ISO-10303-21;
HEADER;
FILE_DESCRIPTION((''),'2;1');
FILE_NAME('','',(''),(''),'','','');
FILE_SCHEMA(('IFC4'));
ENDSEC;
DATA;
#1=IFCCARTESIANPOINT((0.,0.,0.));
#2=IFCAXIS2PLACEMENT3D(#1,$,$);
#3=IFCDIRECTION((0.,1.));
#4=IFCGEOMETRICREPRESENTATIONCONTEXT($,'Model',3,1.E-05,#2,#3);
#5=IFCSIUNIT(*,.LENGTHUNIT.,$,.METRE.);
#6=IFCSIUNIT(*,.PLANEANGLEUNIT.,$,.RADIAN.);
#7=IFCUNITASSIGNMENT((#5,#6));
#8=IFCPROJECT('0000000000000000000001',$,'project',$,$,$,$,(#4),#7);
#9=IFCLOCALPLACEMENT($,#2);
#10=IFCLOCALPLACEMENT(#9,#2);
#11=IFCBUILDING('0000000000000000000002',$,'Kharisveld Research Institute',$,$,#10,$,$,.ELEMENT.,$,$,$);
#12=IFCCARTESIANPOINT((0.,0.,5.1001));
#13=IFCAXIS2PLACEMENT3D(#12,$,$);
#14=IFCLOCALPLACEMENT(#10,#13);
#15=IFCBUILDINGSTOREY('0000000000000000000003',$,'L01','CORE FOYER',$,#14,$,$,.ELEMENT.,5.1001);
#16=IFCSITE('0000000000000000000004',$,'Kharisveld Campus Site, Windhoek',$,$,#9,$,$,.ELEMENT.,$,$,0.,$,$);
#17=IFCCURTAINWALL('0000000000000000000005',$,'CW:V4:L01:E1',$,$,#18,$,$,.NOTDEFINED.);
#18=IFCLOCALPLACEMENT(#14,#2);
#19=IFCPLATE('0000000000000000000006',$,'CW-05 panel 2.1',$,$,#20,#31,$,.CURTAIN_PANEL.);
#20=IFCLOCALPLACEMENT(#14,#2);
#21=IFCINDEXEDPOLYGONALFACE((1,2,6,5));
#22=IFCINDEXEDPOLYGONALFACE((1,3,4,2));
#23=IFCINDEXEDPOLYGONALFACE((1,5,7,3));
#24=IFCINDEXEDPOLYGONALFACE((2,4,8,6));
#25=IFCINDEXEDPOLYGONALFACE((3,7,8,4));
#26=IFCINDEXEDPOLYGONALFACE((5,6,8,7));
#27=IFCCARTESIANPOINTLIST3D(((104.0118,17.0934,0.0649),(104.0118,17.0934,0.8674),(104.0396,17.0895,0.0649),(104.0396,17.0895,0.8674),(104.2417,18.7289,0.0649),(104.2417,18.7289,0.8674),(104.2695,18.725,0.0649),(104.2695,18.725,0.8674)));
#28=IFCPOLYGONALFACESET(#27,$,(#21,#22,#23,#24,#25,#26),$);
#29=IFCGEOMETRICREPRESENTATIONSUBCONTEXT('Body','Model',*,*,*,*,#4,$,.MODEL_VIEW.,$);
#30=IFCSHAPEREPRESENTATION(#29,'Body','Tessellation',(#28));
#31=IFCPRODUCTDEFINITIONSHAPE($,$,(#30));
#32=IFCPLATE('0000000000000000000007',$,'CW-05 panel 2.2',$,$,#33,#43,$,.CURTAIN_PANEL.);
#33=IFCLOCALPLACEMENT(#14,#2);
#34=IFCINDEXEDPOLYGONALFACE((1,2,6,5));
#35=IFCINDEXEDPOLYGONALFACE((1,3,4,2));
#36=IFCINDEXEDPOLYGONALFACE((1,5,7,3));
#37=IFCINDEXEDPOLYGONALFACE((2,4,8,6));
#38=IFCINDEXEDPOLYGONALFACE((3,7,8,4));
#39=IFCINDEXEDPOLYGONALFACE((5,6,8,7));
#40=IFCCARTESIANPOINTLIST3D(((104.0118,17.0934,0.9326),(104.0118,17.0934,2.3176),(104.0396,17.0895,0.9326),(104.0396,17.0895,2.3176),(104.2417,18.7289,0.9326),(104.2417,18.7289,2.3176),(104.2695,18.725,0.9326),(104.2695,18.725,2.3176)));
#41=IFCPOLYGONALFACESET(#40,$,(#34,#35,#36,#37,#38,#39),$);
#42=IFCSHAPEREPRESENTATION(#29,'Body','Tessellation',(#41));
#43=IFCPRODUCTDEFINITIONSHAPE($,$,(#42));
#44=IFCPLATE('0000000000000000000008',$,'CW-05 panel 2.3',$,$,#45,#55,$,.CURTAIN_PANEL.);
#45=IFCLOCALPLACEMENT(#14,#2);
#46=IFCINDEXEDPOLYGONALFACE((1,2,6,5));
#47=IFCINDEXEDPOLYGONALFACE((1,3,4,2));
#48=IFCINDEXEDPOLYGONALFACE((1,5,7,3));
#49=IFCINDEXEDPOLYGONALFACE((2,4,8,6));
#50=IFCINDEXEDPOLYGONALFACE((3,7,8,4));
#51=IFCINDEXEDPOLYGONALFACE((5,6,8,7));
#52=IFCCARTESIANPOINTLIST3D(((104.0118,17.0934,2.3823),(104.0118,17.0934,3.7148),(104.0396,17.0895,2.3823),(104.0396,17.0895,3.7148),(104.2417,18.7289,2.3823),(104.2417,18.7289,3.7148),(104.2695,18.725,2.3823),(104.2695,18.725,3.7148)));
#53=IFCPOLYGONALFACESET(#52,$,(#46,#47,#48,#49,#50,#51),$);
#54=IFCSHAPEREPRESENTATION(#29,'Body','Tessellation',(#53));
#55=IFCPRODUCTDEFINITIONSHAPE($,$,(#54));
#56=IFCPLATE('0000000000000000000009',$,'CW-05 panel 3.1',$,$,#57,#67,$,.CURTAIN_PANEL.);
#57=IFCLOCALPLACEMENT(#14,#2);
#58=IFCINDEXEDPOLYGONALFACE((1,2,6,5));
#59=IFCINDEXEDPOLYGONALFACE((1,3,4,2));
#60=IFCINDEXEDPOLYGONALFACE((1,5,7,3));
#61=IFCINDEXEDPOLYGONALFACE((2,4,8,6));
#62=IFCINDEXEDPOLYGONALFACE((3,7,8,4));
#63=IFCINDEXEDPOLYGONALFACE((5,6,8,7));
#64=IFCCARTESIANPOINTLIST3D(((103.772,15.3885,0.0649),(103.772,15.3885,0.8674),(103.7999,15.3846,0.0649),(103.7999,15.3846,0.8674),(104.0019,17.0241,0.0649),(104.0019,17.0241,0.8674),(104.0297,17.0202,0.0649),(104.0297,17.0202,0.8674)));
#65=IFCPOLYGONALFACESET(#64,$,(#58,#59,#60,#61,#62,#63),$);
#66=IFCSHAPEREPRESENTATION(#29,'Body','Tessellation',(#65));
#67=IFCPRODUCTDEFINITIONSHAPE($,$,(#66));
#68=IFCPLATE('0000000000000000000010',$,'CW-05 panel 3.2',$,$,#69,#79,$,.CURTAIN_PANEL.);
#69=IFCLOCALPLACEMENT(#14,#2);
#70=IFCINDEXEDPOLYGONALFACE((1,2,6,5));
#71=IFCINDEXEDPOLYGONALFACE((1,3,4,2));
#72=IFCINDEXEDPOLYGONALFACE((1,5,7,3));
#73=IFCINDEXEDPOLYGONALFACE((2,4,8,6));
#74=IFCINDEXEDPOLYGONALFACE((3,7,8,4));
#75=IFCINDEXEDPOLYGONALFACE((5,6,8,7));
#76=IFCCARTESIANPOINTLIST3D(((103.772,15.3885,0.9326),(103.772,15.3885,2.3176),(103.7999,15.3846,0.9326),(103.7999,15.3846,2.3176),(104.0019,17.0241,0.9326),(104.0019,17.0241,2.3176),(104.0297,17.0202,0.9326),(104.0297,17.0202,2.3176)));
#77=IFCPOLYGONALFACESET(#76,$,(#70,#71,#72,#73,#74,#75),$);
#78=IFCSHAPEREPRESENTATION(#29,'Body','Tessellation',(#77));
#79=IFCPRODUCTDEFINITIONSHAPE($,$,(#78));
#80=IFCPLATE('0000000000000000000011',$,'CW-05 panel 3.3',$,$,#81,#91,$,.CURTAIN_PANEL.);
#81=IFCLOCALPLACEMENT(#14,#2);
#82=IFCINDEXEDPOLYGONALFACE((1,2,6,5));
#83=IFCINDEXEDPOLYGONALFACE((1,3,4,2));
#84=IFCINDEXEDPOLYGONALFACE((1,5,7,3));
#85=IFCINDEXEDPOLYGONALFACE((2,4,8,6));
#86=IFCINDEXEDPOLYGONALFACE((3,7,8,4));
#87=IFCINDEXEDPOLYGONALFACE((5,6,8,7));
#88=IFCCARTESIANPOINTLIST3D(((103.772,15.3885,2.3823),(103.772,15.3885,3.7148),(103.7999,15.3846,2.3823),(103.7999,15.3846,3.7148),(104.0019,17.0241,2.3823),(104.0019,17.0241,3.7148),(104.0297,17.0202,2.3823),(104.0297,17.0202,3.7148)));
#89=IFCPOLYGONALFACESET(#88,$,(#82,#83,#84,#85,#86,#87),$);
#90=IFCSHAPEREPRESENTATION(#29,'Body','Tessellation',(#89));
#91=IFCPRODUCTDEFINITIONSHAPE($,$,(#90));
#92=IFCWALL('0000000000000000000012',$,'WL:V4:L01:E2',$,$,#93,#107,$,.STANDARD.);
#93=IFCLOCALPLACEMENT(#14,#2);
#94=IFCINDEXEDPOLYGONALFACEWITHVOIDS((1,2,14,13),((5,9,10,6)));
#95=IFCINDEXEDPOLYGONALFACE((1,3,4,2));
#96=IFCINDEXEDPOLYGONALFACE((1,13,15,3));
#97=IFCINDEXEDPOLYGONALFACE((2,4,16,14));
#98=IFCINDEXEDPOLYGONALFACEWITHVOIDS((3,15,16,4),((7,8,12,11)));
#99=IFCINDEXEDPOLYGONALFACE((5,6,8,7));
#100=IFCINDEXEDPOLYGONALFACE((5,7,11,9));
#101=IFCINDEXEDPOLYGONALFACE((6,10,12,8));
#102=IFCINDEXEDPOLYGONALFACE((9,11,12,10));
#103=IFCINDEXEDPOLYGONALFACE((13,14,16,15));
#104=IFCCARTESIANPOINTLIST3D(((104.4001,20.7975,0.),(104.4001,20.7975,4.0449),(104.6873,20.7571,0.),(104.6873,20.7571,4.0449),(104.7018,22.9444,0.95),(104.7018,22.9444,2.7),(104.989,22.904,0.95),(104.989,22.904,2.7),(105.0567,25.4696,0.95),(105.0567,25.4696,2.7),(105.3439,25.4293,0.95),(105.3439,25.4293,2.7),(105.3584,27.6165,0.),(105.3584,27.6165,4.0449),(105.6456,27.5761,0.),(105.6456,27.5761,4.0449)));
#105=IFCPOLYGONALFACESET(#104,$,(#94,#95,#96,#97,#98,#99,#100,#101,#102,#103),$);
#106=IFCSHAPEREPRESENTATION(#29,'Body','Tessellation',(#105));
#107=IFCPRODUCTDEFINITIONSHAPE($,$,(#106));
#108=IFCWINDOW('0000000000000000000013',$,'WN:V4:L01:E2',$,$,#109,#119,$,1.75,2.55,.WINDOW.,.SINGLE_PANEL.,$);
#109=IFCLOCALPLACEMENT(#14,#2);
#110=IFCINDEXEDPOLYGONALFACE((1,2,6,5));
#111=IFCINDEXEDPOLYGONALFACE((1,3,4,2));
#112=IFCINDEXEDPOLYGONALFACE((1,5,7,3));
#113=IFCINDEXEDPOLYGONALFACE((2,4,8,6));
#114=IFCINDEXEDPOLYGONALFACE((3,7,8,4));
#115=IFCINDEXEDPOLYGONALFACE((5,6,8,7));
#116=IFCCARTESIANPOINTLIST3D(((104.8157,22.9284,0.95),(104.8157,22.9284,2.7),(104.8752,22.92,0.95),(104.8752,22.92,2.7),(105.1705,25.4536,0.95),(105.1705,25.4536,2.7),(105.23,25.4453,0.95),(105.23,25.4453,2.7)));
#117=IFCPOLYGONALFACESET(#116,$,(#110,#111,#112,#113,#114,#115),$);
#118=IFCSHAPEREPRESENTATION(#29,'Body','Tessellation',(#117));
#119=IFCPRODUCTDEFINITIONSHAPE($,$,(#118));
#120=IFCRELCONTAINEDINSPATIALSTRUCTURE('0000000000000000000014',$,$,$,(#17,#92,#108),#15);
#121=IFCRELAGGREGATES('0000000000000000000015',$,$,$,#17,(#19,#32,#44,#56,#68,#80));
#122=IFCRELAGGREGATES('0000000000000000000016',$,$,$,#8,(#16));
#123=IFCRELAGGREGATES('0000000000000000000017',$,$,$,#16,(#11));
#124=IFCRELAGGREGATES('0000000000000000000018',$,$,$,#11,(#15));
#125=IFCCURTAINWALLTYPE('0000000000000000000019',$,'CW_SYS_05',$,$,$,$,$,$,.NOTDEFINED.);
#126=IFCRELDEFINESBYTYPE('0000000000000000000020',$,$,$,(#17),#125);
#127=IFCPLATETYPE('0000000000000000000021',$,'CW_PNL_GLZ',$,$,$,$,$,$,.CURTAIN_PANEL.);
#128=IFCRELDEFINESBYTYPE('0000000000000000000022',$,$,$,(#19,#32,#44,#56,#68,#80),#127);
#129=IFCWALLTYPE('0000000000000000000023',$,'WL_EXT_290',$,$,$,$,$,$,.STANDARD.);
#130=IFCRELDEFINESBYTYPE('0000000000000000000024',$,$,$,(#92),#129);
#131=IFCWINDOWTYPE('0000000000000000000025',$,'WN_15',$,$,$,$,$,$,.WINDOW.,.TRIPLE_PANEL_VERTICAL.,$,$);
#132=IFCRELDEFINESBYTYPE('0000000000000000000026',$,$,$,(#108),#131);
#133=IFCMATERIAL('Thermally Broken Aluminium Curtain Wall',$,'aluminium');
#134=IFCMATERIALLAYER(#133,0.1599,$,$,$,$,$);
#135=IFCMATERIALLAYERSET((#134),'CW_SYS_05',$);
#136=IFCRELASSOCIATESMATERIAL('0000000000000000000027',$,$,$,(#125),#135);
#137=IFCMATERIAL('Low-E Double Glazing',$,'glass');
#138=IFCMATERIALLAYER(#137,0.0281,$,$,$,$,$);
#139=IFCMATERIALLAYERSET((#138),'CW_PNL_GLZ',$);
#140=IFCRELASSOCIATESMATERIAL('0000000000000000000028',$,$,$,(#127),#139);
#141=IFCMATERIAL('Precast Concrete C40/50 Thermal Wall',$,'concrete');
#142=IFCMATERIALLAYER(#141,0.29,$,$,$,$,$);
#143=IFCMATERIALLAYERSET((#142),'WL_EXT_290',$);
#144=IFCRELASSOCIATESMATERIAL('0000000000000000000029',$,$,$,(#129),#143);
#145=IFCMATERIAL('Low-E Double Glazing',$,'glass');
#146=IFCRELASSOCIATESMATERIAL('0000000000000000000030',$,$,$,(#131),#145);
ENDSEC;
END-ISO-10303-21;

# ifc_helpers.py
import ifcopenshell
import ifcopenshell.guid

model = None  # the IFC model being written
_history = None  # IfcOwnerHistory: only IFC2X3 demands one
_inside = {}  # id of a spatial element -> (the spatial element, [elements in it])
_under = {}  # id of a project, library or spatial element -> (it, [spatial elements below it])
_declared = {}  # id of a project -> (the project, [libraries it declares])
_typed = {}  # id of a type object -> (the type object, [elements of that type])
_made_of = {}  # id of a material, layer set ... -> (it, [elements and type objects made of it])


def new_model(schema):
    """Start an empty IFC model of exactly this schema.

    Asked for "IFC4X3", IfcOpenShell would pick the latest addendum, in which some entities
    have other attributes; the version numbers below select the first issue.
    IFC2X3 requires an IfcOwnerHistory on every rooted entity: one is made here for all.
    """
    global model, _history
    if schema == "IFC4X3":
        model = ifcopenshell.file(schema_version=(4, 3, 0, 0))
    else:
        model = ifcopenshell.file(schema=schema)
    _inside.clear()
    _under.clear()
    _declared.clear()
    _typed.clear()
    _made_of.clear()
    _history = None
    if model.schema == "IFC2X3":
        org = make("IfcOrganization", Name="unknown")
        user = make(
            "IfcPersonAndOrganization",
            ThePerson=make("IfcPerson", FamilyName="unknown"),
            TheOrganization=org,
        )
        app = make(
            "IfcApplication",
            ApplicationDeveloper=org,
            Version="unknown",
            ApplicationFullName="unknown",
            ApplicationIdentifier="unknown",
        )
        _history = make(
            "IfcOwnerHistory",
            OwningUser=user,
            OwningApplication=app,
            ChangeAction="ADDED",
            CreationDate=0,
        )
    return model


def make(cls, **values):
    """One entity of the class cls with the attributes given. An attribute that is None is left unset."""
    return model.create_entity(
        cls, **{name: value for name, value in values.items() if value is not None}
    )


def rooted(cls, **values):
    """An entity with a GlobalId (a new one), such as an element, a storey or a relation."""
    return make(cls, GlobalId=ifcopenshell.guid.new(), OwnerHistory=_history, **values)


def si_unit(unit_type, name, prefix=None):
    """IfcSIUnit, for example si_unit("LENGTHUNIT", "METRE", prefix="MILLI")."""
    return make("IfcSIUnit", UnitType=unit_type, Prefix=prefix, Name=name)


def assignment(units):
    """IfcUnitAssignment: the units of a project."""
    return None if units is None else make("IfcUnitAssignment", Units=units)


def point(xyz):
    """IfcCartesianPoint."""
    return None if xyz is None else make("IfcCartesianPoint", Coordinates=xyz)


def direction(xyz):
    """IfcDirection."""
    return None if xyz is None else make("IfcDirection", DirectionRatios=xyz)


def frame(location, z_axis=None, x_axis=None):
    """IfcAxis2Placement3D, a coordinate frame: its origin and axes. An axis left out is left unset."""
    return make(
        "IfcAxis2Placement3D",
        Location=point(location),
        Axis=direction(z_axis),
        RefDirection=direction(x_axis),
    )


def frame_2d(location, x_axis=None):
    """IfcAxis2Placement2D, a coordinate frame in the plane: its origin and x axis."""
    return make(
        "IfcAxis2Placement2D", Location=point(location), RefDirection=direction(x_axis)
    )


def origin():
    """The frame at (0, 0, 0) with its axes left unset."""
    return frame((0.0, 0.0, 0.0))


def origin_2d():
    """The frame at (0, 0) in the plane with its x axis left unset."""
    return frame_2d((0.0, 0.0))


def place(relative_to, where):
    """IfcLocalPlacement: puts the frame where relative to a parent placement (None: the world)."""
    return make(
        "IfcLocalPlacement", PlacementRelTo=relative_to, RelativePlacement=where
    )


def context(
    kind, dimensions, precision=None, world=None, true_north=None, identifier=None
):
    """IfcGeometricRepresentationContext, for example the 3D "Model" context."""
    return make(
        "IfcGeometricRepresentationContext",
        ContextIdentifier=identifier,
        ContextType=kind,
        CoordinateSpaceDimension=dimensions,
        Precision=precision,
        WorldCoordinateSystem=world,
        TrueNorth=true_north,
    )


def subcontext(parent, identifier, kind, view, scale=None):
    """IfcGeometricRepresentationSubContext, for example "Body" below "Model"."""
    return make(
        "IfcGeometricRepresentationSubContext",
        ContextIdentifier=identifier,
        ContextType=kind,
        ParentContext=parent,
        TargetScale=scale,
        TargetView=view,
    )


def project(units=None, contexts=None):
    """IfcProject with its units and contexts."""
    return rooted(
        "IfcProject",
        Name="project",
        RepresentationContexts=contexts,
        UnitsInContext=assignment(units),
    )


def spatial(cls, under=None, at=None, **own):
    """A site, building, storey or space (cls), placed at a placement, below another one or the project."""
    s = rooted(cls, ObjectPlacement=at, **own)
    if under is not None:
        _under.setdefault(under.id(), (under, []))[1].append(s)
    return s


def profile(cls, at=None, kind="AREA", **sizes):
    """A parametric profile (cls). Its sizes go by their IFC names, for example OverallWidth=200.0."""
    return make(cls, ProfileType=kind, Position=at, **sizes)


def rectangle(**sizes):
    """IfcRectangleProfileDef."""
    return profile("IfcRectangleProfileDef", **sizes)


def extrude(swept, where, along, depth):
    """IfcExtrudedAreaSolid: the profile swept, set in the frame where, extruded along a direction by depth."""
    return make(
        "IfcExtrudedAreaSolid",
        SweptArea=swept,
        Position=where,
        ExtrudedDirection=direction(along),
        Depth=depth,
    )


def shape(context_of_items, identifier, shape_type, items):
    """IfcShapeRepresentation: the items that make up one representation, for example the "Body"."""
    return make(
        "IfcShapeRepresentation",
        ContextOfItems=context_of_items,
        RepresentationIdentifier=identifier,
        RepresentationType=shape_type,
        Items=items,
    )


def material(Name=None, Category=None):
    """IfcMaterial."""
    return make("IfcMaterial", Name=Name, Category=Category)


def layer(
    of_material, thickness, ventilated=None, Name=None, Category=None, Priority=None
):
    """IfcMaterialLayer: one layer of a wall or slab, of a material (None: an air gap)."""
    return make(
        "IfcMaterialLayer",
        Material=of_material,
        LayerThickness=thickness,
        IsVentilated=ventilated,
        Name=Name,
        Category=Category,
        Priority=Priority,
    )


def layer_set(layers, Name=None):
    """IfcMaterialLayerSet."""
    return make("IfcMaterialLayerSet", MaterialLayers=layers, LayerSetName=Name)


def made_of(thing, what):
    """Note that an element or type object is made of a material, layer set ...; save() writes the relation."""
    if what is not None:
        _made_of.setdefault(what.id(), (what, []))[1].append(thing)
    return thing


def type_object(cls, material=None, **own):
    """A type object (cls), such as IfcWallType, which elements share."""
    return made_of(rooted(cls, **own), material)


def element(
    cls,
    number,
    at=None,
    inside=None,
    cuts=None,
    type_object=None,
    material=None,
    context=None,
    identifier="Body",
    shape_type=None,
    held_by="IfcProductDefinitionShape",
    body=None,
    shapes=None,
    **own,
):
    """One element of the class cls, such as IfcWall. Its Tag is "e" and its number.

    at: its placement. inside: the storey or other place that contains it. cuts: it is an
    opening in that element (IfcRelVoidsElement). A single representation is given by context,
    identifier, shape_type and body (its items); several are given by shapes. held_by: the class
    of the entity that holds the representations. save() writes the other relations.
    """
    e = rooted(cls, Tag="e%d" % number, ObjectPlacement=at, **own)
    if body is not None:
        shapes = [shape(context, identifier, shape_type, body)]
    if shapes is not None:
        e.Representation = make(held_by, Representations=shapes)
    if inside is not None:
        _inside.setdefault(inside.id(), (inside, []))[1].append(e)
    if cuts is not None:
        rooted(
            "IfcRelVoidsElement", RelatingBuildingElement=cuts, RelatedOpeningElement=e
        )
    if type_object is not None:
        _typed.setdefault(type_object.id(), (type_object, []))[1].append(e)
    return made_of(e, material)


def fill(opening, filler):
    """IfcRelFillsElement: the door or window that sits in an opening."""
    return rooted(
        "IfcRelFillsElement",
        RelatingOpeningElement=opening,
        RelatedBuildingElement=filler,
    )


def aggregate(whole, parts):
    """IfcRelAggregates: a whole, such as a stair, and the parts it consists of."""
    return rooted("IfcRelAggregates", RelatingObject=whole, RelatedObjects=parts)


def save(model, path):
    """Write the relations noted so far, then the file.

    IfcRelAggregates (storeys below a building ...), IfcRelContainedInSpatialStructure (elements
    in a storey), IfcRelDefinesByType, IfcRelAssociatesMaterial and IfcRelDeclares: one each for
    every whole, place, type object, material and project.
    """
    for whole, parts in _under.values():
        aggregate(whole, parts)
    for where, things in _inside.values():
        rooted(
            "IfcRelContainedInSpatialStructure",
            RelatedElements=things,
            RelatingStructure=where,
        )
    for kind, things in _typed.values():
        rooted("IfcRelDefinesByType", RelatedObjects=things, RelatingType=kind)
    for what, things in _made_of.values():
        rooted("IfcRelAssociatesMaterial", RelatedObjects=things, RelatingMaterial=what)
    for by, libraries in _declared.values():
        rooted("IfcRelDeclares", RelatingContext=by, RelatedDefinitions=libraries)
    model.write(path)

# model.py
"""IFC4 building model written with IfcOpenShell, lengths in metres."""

from ifc_helpers import new_model, si_unit, direction, frame, frame_2d, origin, origin_2d, place, context, subcontext, project, spatial, rectangle, extrude, material, layer, layer_set, type_object, element, fill, aggregate, save


model = new_model("IFC4")

# Units and contexts
model_context = context("Model", 3, precision=1e-05, world=origin(), true_north=direction((0.0, 1.0)))
body_context = subcontext(model_context, "Body", "Model", "MODEL_VIEW")
ifc_project = project(units=[si_unit("LENGTHUNIT", "METRE"), si_unit("PLANEANGLEUNIT", "RADIAN")], contexts=[model_context])

# Site, building, storey
site_placement = place(None, origin())
site = spatial("IfcSite", under=ifc_project, at=site_placement, Name="Kharisveld Campus Site, Windhoek", CompositionType="ELEMENT", RefElevation=0.0)
building_placement = place(site_placement, origin())
building = spatial("IfcBuilding", under=site, at=building_placement, Name="Kharisveld Research Institute", CompositionType="ELEMENT")
storey_placement = place(building_placement, frame((0.0, 0.0, 5.1001)))
storey = spatial("IfcBuildingStorey", under=building, at=storey_placement, Name="L01", Description="CORE FOYER", CompositionType="ELEMENT", Elevation=5.1001)

# Curtain wall
ifc_material_1 = material(Name="Thermally Broken Aluminium Curtain Wall", Category="aluminium")
ifc_layer_1 = layer(ifc_material_1, 0.1599)
ifc_layer_set_1 = layer_set([ifc_layer_1], Name="CW_SYS_05")
curtain_wall_type = type_object("IfcCurtainWallType", Name="CW_SYS_05", PredefinedType="NOTDEFINED", material=ifc_layer_set_1)
curtain_wall_placement = place(storey_placement, origin())
curtain_wall = element("IfcCurtainWall", 1, at=curtain_wall_placement, inside=storey, type_object=curtain_wall_type, Name="CW:V4:L01:E1", PredefinedType="NOTDEFINED")

# Plates
ifc_material_2 = material(Name="Low-E Double Glazing", Category="glass")
ifc_layer_2 = layer(ifc_material_2, 0.0281)
ifc_layer_set_2 = layer_set([ifc_layer_2], Name="CW_PNL_GLZ")
plate_type = type_object("IfcPlateType", Name="CW_PNL_GLZ", PredefinedType="CURTAIN_PANEL", material=ifc_layer_set_2)
plate_1_placement = place(storey_placement, frame((104.1406, 17.9092, 0.0649), z_axis=(0.0, 0.0, 1.0), x_axis=(-0.139173, -0.990268, 0.0)))
plate_1 = element("IfcPlate", 2, at=plate_1_placement, type_object=plate_type, Name="CW-05 panel 2.1", PredefinedType="CURTAIN_PANEL", context=body_context, shape_type="SweptSolid", body=[
    extrude(rectangle(XDim=1.6516, YDim=0.0281, at=origin_2d()), origin(), (0.0, 0.0, 1.0), 0.8025),
])
plate_2_placement = place(storey_placement, frame((104.1406, 17.9092, 0.9326), z_axis=(0.0, 0.0, 1.0), x_axis=(-0.139173, -0.990268, 0.0)))
plate_2 = element("IfcPlate", 3, at=plate_2_placement, type_object=plate_type, Name="CW-05 panel 2.2", PredefinedType="CURTAIN_PANEL", context=body_context, shape_type="SweptSolid", body=[
    extrude(rectangle(XDim=1.6516, YDim=0.0281, at=origin_2d()), origin(), (0.0, 0.0, 1.0), 1.385),
])
plate_3_placement = place(storey_placement, frame((104.1406, 17.9092, 2.3823), z_axis=(0.0, 0.0, 1.0), x_axis=(-0.139173, -0.990268, 0.0)))
plate_3 = element("IfcPlate", 4, at=plate_3_placement, type_object=plate_type, Name="CW-05 panel 2.3", PredefinedType="CURTAIN_PANEL", context=body_context, shape_type="SweptSolid", body=[
    extrude(rectangle(XDim=1.6516, YDim=0.0281, at=origin_2d()), origin(), (0.0, 0.0, 1.0), 1.3325),
])
plate_4_placement = place(storey_placement, frame((103.9009, 16.2043, 0.0649), z_axis=(0.0, 0.0, 1.0), x_axis=(-0.139173, -0.990268, 0.0)))
plate_4 = element("IfcPlate", 5, at=plate_4_placement, type_object=plate_type, Name="CW-05 panel 3.1", PredefinedType="CURTAIN_PANEL", context=body_context, shape_type="SweptSolid", body=[
    extrude(rectangle(XDim=1.6516, YDim=0.0281, at=origin_2d()), origin(), (0.0, 0.0, 1.0), 0.8025),
])
plate_5_placement = place(storey_placement, frame((103.9009, 16.2043, 0.9326), z_axis=(0.0, 0.0, 1.0), x_axis=(-0.139173, -0.990268, 0.0)))
plate_5 = element("IfcPlate", 6, at=plate_5_placement, type_object=plate_type, Name="CW-05 panel 3.2", PredefinedType="CURTAIN_PANEL", context=body_context, shape_type="SweptSolid", body=[
    extrude(rectangle(XDim=1.6516, YDim=0.0281, at=origin_2d()), origin(), (0.0, 0.0, 1.0), 1.385),
])
plate_6_placement = place(storey_placement, frame((103.9009, 16.2043, 2.3823), z_axis=(0.0, 0.0, 1.0), x_axis=(-0.139173, -0.990268, 0.0)))
plate_6 = element("IfcPlate", 7, at=plate_6_placement, type_object=plate_type, Name="CW-05 panel 3.3", PredefinedType="CURTAIN_PANEL", context=body_context, shape_type="SweptSolid", body=[
    extrude(rectangle(XDim=1.6516, YDim=0.0281, at=origin_2d()), origin(), (0.0, 0.0, 1.0), 1.3325),
])
aggregate(curtain_wall, [plate_1, plate_2, plate_3, plate_4, plate_5, plate_6])

# Wall, opening, window
ifc_material_3 = material(Name="Precast Concrete C40/50 Thermal Wall", Category="concrete")
ifc_layer_3 = layer(ifc_material_3, 0.29)
ifc_layer_set_3 = layer_set([ifc_layer_3], Name="WL_EXT_290")
wall_type = type_object("IfcWallType", Name="WL_EXT_290", PredefinedType="STANDARD", material=ifc_layer_set_3)
wall_placement = place(storey_placement, frame((105.502, 27.5962, 0.0), z_axis=(0.0, 0.0, 1.0), x_axis=(-0.139158, -0.99027, 0.0)))
wall = element("IfcWall", 8, at=wall_placement, inside=storey, type_object=wall_type, Name="WL:V4:L01:E2", PredefinedType="STANDARD", context=body_context, shape_type="SweptSolid", body=[
    extrude(rectangle(XDim=6.886, YDim=0.29, at=frame_2d((3.4429, 0.0))), origin(), (0.0, 0.0, 1.0), 4.0449),
])
opening_placement = place(wall_placement, frame((2.168, 0.0, 0.95)))
opening = element("IfcOpeningElement", 9, at=opening_placement, cuts=wall, PredefinedType="OPENING", context=body_context, shape_type="SweptSolid", body=[
    extrude(rectangle(XDim=2.55, YDim=1.75, at=frame_2d((1.2749, 0.875))), frame((0.0, 0.145, 0.0), z_axis=(0.0, -1.0, 0.0), x_axis=(1.0, 0.0, 0.0)), (0.0, 0.0, 1.0), 0.29),
])
ifc_material_4 = material(Name="Low-E Double Glazing", Category="glass")
window_type = type_object("IfcWindowType", Name="WN_15", PartitioningType="TRIPLE_PANEL_VERTICAL", PredefinedType="WINDOW", material=ifc_material_4)
window_placement = place(opening_placement, origin())
window = element("IfcWindow", 10, at=window_placement, inside=storey, type_object=window_type, Name="WN:V4:L01:E2", OverallHeight=1.75, OverallWidth=2.55, PartitioningType="SINGLE_PANEL", PredefinedType="WINDOW", context=body_context, shape_type="SweptSolid", body=[
    extrude(rectangle(XDim=2.55, YDim=1.75, at=frame_2d((1.2749, 0.875))), frame((0.0, 0.03, 0.0), z_axis=(0.0, -1.0, 0.0), x_axis=(1.0, 0.0, 0.0)), (0.0, 0.0, 1.0), 0.0601),
])
fill(opening, window)

save(model, "model.ifc")
